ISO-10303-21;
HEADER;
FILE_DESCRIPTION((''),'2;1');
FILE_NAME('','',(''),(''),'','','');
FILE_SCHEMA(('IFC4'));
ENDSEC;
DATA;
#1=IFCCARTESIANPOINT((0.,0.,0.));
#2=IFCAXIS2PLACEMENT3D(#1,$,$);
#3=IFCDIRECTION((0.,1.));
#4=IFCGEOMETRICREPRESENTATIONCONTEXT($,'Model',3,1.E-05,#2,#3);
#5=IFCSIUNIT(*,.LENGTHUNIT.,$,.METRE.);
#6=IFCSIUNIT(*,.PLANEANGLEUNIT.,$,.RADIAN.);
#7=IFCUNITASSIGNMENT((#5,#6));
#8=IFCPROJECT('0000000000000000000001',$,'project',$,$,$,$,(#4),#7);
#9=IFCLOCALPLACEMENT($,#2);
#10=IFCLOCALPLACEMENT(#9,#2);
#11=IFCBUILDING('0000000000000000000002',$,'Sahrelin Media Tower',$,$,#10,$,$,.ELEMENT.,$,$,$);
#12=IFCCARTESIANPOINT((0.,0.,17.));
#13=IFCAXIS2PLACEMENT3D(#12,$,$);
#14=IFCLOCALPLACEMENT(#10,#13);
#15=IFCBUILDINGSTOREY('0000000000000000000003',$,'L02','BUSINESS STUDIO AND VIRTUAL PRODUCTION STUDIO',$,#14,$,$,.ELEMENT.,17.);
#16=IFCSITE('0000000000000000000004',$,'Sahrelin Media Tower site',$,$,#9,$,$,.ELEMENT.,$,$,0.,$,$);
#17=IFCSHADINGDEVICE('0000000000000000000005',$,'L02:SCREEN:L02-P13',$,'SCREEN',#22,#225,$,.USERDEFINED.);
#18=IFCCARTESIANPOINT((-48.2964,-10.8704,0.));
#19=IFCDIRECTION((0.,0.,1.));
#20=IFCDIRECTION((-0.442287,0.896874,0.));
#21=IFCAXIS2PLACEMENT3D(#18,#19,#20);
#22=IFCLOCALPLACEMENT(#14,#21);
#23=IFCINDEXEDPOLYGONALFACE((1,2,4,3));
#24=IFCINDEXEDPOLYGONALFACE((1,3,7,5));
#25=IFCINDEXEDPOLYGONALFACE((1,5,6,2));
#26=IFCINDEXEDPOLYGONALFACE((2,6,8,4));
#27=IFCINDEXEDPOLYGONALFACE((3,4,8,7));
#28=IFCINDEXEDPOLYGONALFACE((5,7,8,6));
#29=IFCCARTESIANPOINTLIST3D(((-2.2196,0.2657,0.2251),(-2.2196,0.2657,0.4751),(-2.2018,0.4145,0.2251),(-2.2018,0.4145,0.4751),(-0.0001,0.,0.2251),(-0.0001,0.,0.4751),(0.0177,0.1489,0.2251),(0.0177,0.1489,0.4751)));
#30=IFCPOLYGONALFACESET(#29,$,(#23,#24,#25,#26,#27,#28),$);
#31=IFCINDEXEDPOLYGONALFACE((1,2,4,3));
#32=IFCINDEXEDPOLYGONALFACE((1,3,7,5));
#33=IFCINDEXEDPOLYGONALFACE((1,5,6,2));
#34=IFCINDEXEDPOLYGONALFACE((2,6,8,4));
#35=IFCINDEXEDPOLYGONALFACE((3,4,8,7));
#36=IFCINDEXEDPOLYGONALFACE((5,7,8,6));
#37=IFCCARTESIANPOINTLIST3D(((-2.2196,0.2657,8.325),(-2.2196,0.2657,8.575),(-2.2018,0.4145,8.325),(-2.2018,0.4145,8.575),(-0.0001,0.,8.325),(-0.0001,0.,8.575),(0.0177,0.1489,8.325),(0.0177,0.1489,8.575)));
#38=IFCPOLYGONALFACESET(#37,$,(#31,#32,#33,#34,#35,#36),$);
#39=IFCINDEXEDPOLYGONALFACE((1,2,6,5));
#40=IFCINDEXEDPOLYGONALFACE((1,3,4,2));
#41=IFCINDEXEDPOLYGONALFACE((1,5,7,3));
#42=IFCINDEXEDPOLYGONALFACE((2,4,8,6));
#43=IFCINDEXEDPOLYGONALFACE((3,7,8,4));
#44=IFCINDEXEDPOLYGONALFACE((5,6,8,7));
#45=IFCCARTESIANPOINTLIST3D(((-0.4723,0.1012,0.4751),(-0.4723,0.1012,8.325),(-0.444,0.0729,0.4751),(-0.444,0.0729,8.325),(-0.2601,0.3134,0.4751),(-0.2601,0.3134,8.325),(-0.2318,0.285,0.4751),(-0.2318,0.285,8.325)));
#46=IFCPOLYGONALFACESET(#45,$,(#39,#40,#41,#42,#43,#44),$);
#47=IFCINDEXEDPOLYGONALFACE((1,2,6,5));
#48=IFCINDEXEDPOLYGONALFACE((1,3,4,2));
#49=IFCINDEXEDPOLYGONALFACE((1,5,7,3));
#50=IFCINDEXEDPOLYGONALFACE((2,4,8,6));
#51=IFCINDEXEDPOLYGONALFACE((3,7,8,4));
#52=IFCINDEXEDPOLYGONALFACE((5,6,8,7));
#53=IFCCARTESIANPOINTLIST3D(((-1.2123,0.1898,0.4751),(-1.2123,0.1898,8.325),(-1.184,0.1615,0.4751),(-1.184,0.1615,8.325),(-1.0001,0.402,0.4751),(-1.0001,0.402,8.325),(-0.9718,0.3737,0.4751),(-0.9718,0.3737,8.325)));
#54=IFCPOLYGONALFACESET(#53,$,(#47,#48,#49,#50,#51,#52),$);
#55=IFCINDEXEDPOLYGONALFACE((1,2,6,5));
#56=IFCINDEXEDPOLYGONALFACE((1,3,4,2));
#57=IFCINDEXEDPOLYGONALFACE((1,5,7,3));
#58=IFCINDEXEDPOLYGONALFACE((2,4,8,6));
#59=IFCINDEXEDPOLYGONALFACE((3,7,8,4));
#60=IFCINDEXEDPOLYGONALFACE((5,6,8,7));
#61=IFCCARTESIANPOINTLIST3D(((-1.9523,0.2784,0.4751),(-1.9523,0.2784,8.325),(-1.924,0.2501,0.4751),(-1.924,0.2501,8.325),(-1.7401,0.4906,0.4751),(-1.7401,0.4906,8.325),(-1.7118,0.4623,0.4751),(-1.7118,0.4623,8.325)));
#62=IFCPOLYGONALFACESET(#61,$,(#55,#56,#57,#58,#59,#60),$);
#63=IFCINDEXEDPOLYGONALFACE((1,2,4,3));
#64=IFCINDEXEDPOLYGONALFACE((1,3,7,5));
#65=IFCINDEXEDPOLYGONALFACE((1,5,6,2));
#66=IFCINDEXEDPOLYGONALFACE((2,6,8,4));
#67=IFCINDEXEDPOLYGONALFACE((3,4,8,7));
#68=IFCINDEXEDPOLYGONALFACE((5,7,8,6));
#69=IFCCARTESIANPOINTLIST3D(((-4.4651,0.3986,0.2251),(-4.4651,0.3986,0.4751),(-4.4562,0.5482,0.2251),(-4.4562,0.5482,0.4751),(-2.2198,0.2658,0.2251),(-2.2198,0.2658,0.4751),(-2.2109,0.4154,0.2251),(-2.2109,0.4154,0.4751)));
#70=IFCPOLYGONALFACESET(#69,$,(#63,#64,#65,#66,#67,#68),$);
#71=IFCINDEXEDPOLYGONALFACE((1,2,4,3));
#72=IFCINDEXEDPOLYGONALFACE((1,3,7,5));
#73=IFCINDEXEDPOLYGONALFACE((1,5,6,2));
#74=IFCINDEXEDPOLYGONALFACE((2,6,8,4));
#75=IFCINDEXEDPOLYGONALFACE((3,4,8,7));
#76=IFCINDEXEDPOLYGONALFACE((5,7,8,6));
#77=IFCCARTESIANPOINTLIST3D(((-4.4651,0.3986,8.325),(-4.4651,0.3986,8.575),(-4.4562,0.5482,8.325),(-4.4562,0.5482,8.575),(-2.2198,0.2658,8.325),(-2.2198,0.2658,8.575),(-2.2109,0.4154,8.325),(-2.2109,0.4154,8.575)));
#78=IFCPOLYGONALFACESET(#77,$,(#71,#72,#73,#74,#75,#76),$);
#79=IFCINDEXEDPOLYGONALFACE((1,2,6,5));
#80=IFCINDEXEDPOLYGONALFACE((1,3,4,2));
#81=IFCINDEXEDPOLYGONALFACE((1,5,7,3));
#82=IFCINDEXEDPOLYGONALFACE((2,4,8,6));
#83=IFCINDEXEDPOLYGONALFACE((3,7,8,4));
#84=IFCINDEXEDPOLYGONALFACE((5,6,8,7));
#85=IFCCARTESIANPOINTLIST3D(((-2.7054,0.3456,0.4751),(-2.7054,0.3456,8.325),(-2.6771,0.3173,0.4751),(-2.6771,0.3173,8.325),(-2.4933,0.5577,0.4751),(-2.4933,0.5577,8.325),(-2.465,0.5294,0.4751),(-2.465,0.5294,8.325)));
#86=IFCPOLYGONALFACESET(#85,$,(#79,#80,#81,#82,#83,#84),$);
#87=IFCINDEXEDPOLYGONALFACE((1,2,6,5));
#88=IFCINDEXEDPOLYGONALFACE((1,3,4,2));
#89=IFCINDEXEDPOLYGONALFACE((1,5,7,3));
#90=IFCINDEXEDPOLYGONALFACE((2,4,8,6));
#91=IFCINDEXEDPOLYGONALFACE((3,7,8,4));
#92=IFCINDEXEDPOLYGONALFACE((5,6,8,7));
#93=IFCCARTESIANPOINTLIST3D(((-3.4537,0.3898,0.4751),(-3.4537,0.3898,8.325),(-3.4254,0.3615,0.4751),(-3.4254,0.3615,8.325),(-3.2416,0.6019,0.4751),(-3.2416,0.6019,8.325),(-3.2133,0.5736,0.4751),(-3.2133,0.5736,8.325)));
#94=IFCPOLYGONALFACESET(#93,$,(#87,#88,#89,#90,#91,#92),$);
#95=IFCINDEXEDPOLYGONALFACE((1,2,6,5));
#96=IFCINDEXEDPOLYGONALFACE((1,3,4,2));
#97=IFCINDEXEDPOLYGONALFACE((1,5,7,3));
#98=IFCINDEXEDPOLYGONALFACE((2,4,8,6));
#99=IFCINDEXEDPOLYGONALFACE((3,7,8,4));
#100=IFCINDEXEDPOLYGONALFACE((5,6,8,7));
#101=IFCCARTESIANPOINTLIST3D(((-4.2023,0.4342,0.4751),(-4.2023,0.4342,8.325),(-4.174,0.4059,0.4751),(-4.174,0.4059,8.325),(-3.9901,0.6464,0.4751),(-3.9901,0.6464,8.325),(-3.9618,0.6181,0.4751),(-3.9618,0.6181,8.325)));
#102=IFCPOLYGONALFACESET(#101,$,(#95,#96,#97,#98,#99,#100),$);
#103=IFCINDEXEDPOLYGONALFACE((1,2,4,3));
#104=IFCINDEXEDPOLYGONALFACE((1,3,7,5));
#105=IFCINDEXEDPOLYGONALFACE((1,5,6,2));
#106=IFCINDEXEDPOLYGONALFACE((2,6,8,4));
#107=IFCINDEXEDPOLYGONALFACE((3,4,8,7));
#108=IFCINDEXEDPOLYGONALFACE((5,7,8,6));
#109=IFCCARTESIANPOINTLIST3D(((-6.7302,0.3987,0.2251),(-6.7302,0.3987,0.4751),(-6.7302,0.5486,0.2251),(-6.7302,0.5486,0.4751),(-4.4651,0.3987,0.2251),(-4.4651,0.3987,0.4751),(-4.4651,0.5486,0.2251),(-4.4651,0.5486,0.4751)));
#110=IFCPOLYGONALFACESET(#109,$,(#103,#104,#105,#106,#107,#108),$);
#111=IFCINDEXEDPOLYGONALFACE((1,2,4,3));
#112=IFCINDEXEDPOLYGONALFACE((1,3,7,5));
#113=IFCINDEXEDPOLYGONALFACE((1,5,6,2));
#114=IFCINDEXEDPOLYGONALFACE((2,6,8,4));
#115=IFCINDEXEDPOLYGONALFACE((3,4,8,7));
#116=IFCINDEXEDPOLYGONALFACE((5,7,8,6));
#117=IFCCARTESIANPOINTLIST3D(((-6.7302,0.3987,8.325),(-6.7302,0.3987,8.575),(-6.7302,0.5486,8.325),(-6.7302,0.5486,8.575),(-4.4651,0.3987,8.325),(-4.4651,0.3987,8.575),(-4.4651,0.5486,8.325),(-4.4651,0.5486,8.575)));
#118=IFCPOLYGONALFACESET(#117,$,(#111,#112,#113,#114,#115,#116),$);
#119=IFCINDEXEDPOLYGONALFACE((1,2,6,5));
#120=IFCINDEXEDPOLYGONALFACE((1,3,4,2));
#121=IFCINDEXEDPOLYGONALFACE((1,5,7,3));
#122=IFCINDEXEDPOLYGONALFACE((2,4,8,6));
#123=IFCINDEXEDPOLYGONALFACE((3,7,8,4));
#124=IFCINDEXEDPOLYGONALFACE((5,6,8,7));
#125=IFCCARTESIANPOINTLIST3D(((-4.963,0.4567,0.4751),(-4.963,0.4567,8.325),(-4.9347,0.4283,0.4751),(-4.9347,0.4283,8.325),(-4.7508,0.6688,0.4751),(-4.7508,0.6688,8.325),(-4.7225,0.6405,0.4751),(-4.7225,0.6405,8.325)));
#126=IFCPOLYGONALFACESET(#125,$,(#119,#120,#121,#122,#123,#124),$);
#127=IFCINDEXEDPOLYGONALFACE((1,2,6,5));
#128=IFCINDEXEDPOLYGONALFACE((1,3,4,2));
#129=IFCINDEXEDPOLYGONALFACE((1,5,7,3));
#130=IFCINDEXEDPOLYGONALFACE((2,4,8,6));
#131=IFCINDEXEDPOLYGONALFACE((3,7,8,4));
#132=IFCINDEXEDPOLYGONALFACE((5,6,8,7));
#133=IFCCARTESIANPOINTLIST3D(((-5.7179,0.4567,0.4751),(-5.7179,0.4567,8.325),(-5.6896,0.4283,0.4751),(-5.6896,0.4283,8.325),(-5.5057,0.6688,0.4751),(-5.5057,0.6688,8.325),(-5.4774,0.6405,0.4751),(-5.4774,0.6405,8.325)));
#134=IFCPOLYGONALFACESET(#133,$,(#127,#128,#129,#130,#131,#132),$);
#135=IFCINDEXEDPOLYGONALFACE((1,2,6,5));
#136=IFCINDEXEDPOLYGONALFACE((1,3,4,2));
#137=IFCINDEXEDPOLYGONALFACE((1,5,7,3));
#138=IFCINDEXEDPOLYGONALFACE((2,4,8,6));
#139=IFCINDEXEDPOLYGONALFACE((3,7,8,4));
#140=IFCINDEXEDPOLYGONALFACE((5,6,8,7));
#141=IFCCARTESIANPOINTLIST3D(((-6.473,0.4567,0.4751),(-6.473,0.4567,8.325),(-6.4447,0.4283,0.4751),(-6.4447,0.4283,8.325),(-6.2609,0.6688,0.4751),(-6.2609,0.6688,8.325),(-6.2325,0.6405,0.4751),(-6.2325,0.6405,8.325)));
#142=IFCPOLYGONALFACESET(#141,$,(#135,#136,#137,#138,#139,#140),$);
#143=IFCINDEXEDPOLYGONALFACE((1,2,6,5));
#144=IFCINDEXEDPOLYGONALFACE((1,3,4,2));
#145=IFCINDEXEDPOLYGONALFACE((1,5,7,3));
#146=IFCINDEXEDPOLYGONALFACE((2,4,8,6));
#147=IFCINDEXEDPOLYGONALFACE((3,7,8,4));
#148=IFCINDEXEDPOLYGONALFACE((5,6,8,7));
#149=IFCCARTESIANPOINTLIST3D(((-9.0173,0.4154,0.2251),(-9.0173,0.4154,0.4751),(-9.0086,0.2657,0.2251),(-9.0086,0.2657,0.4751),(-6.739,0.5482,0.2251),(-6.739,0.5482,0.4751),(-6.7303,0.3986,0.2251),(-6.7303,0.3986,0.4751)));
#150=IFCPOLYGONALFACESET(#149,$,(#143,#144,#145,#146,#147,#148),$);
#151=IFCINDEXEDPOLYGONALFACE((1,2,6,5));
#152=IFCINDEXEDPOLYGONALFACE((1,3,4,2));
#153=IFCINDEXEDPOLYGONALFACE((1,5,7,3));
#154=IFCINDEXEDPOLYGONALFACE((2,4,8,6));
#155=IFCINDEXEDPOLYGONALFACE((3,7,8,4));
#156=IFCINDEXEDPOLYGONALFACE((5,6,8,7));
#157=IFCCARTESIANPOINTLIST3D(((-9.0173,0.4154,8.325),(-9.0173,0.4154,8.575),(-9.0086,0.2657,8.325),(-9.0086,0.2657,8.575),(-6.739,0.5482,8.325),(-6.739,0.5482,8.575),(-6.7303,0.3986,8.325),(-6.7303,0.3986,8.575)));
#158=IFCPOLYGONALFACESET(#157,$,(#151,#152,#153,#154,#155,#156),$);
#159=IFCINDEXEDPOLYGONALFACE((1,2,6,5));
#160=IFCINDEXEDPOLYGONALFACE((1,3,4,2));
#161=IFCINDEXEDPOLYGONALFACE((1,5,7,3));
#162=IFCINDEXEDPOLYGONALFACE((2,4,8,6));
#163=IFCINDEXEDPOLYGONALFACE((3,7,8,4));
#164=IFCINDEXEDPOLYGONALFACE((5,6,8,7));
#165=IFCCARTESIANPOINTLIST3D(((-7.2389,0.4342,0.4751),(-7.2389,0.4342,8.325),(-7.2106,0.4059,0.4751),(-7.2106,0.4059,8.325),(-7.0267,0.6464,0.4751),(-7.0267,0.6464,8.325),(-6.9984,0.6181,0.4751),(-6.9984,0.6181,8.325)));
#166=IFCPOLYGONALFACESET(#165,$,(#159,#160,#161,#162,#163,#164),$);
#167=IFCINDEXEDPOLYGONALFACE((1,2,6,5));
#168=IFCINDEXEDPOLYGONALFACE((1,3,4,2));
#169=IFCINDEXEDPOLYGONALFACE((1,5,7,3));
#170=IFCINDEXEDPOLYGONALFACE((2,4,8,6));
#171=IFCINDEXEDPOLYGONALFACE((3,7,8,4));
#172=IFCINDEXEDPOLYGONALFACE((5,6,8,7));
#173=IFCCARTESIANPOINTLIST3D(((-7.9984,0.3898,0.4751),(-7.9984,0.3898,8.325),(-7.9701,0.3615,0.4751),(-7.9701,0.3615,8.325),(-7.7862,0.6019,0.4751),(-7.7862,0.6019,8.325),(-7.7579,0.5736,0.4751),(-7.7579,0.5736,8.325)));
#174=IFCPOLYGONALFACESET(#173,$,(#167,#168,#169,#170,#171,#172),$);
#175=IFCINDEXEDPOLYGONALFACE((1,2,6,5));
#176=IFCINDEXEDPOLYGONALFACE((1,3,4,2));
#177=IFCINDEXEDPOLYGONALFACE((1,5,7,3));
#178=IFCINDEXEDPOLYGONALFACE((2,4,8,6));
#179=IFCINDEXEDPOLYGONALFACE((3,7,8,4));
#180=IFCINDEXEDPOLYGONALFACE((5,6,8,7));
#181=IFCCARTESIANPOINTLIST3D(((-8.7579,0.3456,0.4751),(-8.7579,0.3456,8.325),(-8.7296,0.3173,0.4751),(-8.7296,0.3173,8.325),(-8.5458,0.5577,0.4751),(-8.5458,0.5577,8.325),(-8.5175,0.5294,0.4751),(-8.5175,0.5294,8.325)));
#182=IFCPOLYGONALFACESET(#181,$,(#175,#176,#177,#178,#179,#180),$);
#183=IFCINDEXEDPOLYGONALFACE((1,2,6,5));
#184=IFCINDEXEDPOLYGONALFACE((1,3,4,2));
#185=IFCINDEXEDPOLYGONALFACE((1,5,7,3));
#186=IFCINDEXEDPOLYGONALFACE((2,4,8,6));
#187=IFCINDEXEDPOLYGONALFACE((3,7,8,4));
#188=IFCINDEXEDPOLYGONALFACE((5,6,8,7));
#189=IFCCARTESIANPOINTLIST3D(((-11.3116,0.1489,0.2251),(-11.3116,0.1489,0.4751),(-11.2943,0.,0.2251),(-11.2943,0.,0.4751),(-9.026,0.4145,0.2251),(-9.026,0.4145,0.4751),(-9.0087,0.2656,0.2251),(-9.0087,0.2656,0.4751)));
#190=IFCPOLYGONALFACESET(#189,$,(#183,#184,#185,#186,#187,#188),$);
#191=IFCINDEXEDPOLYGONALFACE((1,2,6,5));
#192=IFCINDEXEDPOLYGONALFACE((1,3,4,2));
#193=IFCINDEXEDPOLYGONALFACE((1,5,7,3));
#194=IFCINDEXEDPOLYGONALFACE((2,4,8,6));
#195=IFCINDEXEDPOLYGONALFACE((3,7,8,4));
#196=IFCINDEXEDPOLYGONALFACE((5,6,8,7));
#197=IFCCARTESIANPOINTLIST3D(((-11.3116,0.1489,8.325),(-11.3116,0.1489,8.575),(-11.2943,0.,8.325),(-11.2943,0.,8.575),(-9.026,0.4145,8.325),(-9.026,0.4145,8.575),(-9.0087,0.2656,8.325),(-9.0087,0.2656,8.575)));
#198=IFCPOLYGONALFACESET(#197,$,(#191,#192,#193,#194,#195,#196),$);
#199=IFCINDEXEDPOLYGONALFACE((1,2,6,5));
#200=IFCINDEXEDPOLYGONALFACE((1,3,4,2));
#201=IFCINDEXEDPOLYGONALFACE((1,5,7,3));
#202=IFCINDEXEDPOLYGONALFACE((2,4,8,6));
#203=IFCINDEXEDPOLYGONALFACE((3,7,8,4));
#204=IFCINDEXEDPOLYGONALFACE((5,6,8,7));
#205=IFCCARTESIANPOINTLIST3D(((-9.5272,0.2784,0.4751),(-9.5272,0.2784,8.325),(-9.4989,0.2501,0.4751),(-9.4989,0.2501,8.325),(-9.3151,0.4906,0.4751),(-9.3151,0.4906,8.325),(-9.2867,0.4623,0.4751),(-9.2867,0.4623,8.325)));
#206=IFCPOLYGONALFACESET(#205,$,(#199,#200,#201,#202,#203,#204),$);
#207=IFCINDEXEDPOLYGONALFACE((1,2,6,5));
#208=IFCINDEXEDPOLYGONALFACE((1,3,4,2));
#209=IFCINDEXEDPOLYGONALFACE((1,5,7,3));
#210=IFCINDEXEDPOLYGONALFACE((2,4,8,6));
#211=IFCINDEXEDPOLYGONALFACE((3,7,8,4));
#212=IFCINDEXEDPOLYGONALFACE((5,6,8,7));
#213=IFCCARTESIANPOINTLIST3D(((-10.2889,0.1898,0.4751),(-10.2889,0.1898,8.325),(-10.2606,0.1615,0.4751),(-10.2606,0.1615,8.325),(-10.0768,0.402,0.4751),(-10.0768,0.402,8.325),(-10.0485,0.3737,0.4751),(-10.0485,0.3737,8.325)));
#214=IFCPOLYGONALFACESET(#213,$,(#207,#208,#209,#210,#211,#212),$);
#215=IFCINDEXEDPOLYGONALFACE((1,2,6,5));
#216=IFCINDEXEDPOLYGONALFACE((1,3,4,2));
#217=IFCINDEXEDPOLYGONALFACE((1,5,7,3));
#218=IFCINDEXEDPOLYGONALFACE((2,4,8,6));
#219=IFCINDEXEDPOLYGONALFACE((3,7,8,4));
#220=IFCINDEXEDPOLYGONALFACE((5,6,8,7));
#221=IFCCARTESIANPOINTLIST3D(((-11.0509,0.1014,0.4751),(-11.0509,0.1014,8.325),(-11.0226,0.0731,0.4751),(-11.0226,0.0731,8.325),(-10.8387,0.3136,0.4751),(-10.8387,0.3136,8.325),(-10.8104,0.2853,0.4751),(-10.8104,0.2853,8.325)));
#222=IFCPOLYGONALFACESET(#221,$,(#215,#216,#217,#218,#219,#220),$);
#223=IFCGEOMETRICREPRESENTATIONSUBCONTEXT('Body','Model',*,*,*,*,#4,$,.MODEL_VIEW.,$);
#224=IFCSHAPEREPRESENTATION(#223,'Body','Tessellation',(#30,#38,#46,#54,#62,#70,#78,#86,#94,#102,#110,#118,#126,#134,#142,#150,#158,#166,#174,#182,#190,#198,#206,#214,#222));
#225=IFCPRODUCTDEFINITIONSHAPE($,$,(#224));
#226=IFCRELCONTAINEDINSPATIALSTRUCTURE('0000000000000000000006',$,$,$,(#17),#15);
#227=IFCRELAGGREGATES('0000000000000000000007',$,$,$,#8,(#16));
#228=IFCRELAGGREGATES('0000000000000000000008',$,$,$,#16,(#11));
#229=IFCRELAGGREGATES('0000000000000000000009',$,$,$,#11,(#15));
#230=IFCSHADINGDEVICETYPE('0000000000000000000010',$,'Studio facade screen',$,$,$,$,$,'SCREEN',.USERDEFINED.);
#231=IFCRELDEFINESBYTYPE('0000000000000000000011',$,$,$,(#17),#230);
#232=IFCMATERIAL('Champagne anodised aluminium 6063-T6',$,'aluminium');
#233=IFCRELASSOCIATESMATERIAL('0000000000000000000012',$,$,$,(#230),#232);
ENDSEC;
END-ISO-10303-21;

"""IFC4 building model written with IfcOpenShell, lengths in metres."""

from ifc_helpers import new_model, si_unit, direction, frame, origin, origin_2d, place, context, subcontext, project, spatial, rectangle, extrude, material, type_object, element, save


model = new_model("IFC4")

# Units and contexts
model_context = context("Model", 3, precision=1e-05, world=origin(), true_north=direction((0.0, 1.0)))
body_context = subcontext(model_context, "Body", "Model", "MODEL_VIEW")
ifc_project = project(units=[si_unit("LENGTHUNIT", "METRE"), si_unit("PLANEANGLEUNIT", "RADIAN")], contexts=[model_context])

# Site, building, storey
site_placement = place(None, origin())
site = spatial("IfcSite", under=ifc_project, at=site_placement, Name="Sahrelin Media Tower site", CompositionType="ELEMENT", RefElevation=0.0)
building_placement = place(site_placement, origin())
building = spatial("IfcBuilding", under=site, at=building_placement, Name="Sahrelin Media Tower", CompositionType="ELEMENT")
storey_placement = place(building_placement, frame((0.0, 0.0, 17.0)))
storey = spatial("IfcBuildingStorey", under=building, at=storey_placement, Name="L02", Description="BUSINESS STUDIO AND VIRTUAL PRODUCTION STUDIO", CompositionType="ELEMENT", Elevation=17.0)

# Shading device
ifc_material_1 = material(Name="Champagne anodised aluminium 6063-T6", Category="aluminium")
shading_device_type = type_object("IfcShadingDeviceType", Name="Studio facade screen", ElementType="SCREEN", PredefinedType="USERDEFINED", material=ifc_material_1)
shading_device_1_placement = place(storey_placement, frame((-48.2964, -10.8704, 0.0), z_axis=(0.0, 0.0, 1.0), x_axis=(-0.442287, 0.896874, 0.0)))
element("IfcShadingDevice", 1, at=shading_device_1_placement, inside=storey, type_object=shading_device_type, Name="L02:SCREEN:L02-P13", ObjectType="SCREEN", PredefinedType="USERDEFINED", context=body_context, shape_type="SweptSolid", body=[
    extrude(rectangle(XDim=0.1499, YDim=0.25, at=origin_2d()), frame((0.0088, 0.0745, 0.3501), z_axis=(-0.992915, 0.118831, 0.0), x_axis=(-0.118831, -0.992915, 0.0)), (0.0, 0.0, 1.0), 2.2354),
    extrude(rectangle(XDim=0.1499, YDim=0.25, at=origin_2d()), frame((0.0088, 0.0745, 8.45), z_axis=(-0.992915, 0.118831, 0.0), x_axis=(-0.118831, -0.992915, 0.0)), (0.0, 0.0, 1.0), 2.2354),
    extrude(rectangle(XDim=0.3, YDim=0.04, at=origin_2d()), frame((-0.3521, 0.1931, 0.4751), z_axis=(0.0, 0.0, 1.0), x_axis=(0.707107, 0.707107, 0.0)), (0.0, 0.0, 1.0), 7.8499),
    extrude(rectangle(XDim=0.3, YDim=0.04, at=origin_2d()), frame((-1.092, 0.2817, 0.4751), z_axis=(0.0, 0.0, 1.0), x_axis=(0.707107, 0.707107, 0.0)), (0.0, 0.0, 1.0), 7.8499),
    extrude(rectangle(XDim=0.3, YDim=0.04, at=origin_2d()), frame((-1.832, 0.3704, 0.4751), z_axis=(0.0, 0.0, 1.0), x_axis=(0.707107, 0.707107, 0.0)), (0.0, 0.0, 1.0), 7.8499),
    extrude(rectangle(XDim=0.1499, YDim=0.25, at=origin_2d()), frame((-2.2153, 0.3406, 0.3501), z_axis=(-0.998255, 0.059047, 0.0), x_axis=(-0.059047, -0.998255, 0.0)), (0.0, 0.0, 1.0), 2.2493),
    extrude(rectangle(XDim=0.1499, YDim=0.25, at=origin_2d()), frame((-2.2153, 0.3406, 8.45), z_axis=(-0.998255, 0.059047, 0.0), x_axis=(-0.059047, -0.998255, 0.0)), (0.0, 0.0, 1.0), 2.2493),
    extrude(rectangle(XDim=0.3, YDim=0.04, at=origin_2d()), frame((-2.5852, 0.4375, 0.4751), z_axis=(0.0, 0.0, 1.0), x_axis=(0.707107, 0.707107, 0.0)), (0.0, 0.0, 1.0), 7.8499),
    extrude(rectangle(XDim=0.3, YDim=0.04, at=origin_2d()), frame((-3.3335, 0.4817, 0.4751), z_axis=(0.0, 0.0, 1.0), x_axis=(0.707107, 0.707107, 0.0)), (0.0, 0.0, 1.0), 7.8499),
    extrude(rectangle(XDim=0.3, YDim=0.04, at=origin_2d()), frame((-4.082, 0.5261, 0.4751), z_axis=(0.0, 0.0, 1.0), x_axis=(0.707107, 0.707107, 0.0)), (0.0, 0.0, 1.0), 7.8499),
    extrude(rectangle(XDim=0.1499, YDim=0.25, at=origin_2d()), frame((-4.4651, 0.4736, 0.3501), z_axis=(-1.0, 0.0, 0.0), x_axis=(0.0, -1.0, 0.0)), (0.0, 0.0, 1.0), 2.2651),
    extrude(rectangle(XDim=0.1499, YDim=0.25, at=origin_2d()), frame((-4.4651, 0.4736, 8.45), z_axis=(-1.0, 0.0, 0.0), x_axis=(0.0, -1.0, 0.0)), (0.0, 0.0, 1.0), 2.2651),
    extrude(rectangle(XDim=0.3, YDim=0.04, at=origin_2d()), frame((-4.8428, 0.5486, 0.4751), z_axis=(0.0, 0.0, 1.0), x_axis=(0.707107, 0.707107, 0.0)), (0.0, 0.0, 1.0), 7.8499),
    extrude(rectangle(XDim=0.3, YDim=0.04, at=origin_2d()), frame((-5.5977, 0.5486, 0.4751), z_axis=(0.0, 0.0, 1.0), x_axis=(0.707107, 0.707107, 0.0)), (0.0, 0.0, 1.0), 7.8499),
    extrude(rectangle(XDim=0.3, YDim=0.04, at=origin_2d()), frame((-6.3528, 0.5486, 0.4751), z_axis=(0.0, 0.0, 1.0), x_axis=(0.707107, 0.707107, 0.0)), (0.0, 0.0, 1.0), 7.8499),
    extrude(rectangle(XDim=0.1499, YDim=0.25, at=origin_2d()), frame((-6.7346, 0.4734, 0.3501), z_axis=(-0.998305, -0.058195, 0.0), x_axis=(0.058195, -0.998305, 0.0)), (0.0, 0.0, 1.0), 2.2822),
    extrude(rectangle(XDim=0.1499, YDim=0.25, at=origin_2d()), frame((-6.7346, 0.4734, 8.45), z_axis=(-0.998305, -0.058195, 0.0), x_axis=(0.058195, -0.998305, 0.0)), (0.0, 0.0, 1.0), 2.2822),
    extrude(rectangle(XDim=0.3, YDim=0.04, at=origin_2d()), frame((-7.1187, 0.5261, 0.4751), z_axis=(0.0, 0.0, 1.0), x_axis=(0.707107, 0.707107, 0.0)), (0.0, 0.0, 1.0), 7.8499),
    extrude(rectangle(XDim=0.3, YDim=0.04, at=origin_2d()), frame((-7.8782, 0.4817, 0.4751), z_axis=(0.0, 0.0, 1.0), x_axis=(0.707107, 0.707107, 0.0)), (0.0, 0.0, 1.0), 7.8499),
    extrude(rectangle(XDim=0.3, YDim=0.04, at=origin_2d()), frame((-8.6377, 0.4375, 0.4751), z_axis=(0.0, 0.0, 1.0), x_axis=(0.707107, 0.707107, 0.0)), (0.0, 0.0, 1.0), 7.8499),
    extrude(rectangle(XDim=0.1499, YDim=0.25, at=origin_2d()), frame((-9.0173, 0.3401, 0.3501), z_axis=(-0.993315, -0.115438, 0.0), x_axis=(0.115438, -0.993315, 0.0)), (0.0, 0.0, 1.0), 2.301),
    extrude(rectangle(XDim=0.1499, YDim=0.25, at=origin_2d()), frame((-9.0173, 0.3401, 8.45), z_axis=(-0.993315, -0.115438, 0.0), x_axis=(0.115438, -0.993315, 0.0)), (0.0, 0.0, 1.0), 2.301),
    extrude(rectangle(XDim=0.3, YDim=0.04, at=origin_2d()), frame((-9.407, 0.3704, 0.4751), z_axis=(0.0, 0.0, 1.0), x_axis=(0.707107, 0.707107, 0.0)), (0.0, 0.0, 1.0), 7.8499),
    extrude(rectangle(XDim=0.3, YDim=0.04, at=origin_2d()), frame((-10.1687, 0.2817, 0.4751), z_axis=(0.0, 0.0, 1.0), x_axis=(0.707107, 0.707107, 0.0)), (0.0, 0.0, 1.0), 7.8499),
    extrude(rectangle(XDim=0.3, YDim=0.04, at=origin_2d()), frame((-10.9307, 0.1934, 0.4751), z_axis=(0.0, 0.0, 1.0), x_axis=(0.707107, 0.707107, 0.0)), (0.0, 0.0, 1.0), 7.8499),
])

save(model, "model.ifc")
